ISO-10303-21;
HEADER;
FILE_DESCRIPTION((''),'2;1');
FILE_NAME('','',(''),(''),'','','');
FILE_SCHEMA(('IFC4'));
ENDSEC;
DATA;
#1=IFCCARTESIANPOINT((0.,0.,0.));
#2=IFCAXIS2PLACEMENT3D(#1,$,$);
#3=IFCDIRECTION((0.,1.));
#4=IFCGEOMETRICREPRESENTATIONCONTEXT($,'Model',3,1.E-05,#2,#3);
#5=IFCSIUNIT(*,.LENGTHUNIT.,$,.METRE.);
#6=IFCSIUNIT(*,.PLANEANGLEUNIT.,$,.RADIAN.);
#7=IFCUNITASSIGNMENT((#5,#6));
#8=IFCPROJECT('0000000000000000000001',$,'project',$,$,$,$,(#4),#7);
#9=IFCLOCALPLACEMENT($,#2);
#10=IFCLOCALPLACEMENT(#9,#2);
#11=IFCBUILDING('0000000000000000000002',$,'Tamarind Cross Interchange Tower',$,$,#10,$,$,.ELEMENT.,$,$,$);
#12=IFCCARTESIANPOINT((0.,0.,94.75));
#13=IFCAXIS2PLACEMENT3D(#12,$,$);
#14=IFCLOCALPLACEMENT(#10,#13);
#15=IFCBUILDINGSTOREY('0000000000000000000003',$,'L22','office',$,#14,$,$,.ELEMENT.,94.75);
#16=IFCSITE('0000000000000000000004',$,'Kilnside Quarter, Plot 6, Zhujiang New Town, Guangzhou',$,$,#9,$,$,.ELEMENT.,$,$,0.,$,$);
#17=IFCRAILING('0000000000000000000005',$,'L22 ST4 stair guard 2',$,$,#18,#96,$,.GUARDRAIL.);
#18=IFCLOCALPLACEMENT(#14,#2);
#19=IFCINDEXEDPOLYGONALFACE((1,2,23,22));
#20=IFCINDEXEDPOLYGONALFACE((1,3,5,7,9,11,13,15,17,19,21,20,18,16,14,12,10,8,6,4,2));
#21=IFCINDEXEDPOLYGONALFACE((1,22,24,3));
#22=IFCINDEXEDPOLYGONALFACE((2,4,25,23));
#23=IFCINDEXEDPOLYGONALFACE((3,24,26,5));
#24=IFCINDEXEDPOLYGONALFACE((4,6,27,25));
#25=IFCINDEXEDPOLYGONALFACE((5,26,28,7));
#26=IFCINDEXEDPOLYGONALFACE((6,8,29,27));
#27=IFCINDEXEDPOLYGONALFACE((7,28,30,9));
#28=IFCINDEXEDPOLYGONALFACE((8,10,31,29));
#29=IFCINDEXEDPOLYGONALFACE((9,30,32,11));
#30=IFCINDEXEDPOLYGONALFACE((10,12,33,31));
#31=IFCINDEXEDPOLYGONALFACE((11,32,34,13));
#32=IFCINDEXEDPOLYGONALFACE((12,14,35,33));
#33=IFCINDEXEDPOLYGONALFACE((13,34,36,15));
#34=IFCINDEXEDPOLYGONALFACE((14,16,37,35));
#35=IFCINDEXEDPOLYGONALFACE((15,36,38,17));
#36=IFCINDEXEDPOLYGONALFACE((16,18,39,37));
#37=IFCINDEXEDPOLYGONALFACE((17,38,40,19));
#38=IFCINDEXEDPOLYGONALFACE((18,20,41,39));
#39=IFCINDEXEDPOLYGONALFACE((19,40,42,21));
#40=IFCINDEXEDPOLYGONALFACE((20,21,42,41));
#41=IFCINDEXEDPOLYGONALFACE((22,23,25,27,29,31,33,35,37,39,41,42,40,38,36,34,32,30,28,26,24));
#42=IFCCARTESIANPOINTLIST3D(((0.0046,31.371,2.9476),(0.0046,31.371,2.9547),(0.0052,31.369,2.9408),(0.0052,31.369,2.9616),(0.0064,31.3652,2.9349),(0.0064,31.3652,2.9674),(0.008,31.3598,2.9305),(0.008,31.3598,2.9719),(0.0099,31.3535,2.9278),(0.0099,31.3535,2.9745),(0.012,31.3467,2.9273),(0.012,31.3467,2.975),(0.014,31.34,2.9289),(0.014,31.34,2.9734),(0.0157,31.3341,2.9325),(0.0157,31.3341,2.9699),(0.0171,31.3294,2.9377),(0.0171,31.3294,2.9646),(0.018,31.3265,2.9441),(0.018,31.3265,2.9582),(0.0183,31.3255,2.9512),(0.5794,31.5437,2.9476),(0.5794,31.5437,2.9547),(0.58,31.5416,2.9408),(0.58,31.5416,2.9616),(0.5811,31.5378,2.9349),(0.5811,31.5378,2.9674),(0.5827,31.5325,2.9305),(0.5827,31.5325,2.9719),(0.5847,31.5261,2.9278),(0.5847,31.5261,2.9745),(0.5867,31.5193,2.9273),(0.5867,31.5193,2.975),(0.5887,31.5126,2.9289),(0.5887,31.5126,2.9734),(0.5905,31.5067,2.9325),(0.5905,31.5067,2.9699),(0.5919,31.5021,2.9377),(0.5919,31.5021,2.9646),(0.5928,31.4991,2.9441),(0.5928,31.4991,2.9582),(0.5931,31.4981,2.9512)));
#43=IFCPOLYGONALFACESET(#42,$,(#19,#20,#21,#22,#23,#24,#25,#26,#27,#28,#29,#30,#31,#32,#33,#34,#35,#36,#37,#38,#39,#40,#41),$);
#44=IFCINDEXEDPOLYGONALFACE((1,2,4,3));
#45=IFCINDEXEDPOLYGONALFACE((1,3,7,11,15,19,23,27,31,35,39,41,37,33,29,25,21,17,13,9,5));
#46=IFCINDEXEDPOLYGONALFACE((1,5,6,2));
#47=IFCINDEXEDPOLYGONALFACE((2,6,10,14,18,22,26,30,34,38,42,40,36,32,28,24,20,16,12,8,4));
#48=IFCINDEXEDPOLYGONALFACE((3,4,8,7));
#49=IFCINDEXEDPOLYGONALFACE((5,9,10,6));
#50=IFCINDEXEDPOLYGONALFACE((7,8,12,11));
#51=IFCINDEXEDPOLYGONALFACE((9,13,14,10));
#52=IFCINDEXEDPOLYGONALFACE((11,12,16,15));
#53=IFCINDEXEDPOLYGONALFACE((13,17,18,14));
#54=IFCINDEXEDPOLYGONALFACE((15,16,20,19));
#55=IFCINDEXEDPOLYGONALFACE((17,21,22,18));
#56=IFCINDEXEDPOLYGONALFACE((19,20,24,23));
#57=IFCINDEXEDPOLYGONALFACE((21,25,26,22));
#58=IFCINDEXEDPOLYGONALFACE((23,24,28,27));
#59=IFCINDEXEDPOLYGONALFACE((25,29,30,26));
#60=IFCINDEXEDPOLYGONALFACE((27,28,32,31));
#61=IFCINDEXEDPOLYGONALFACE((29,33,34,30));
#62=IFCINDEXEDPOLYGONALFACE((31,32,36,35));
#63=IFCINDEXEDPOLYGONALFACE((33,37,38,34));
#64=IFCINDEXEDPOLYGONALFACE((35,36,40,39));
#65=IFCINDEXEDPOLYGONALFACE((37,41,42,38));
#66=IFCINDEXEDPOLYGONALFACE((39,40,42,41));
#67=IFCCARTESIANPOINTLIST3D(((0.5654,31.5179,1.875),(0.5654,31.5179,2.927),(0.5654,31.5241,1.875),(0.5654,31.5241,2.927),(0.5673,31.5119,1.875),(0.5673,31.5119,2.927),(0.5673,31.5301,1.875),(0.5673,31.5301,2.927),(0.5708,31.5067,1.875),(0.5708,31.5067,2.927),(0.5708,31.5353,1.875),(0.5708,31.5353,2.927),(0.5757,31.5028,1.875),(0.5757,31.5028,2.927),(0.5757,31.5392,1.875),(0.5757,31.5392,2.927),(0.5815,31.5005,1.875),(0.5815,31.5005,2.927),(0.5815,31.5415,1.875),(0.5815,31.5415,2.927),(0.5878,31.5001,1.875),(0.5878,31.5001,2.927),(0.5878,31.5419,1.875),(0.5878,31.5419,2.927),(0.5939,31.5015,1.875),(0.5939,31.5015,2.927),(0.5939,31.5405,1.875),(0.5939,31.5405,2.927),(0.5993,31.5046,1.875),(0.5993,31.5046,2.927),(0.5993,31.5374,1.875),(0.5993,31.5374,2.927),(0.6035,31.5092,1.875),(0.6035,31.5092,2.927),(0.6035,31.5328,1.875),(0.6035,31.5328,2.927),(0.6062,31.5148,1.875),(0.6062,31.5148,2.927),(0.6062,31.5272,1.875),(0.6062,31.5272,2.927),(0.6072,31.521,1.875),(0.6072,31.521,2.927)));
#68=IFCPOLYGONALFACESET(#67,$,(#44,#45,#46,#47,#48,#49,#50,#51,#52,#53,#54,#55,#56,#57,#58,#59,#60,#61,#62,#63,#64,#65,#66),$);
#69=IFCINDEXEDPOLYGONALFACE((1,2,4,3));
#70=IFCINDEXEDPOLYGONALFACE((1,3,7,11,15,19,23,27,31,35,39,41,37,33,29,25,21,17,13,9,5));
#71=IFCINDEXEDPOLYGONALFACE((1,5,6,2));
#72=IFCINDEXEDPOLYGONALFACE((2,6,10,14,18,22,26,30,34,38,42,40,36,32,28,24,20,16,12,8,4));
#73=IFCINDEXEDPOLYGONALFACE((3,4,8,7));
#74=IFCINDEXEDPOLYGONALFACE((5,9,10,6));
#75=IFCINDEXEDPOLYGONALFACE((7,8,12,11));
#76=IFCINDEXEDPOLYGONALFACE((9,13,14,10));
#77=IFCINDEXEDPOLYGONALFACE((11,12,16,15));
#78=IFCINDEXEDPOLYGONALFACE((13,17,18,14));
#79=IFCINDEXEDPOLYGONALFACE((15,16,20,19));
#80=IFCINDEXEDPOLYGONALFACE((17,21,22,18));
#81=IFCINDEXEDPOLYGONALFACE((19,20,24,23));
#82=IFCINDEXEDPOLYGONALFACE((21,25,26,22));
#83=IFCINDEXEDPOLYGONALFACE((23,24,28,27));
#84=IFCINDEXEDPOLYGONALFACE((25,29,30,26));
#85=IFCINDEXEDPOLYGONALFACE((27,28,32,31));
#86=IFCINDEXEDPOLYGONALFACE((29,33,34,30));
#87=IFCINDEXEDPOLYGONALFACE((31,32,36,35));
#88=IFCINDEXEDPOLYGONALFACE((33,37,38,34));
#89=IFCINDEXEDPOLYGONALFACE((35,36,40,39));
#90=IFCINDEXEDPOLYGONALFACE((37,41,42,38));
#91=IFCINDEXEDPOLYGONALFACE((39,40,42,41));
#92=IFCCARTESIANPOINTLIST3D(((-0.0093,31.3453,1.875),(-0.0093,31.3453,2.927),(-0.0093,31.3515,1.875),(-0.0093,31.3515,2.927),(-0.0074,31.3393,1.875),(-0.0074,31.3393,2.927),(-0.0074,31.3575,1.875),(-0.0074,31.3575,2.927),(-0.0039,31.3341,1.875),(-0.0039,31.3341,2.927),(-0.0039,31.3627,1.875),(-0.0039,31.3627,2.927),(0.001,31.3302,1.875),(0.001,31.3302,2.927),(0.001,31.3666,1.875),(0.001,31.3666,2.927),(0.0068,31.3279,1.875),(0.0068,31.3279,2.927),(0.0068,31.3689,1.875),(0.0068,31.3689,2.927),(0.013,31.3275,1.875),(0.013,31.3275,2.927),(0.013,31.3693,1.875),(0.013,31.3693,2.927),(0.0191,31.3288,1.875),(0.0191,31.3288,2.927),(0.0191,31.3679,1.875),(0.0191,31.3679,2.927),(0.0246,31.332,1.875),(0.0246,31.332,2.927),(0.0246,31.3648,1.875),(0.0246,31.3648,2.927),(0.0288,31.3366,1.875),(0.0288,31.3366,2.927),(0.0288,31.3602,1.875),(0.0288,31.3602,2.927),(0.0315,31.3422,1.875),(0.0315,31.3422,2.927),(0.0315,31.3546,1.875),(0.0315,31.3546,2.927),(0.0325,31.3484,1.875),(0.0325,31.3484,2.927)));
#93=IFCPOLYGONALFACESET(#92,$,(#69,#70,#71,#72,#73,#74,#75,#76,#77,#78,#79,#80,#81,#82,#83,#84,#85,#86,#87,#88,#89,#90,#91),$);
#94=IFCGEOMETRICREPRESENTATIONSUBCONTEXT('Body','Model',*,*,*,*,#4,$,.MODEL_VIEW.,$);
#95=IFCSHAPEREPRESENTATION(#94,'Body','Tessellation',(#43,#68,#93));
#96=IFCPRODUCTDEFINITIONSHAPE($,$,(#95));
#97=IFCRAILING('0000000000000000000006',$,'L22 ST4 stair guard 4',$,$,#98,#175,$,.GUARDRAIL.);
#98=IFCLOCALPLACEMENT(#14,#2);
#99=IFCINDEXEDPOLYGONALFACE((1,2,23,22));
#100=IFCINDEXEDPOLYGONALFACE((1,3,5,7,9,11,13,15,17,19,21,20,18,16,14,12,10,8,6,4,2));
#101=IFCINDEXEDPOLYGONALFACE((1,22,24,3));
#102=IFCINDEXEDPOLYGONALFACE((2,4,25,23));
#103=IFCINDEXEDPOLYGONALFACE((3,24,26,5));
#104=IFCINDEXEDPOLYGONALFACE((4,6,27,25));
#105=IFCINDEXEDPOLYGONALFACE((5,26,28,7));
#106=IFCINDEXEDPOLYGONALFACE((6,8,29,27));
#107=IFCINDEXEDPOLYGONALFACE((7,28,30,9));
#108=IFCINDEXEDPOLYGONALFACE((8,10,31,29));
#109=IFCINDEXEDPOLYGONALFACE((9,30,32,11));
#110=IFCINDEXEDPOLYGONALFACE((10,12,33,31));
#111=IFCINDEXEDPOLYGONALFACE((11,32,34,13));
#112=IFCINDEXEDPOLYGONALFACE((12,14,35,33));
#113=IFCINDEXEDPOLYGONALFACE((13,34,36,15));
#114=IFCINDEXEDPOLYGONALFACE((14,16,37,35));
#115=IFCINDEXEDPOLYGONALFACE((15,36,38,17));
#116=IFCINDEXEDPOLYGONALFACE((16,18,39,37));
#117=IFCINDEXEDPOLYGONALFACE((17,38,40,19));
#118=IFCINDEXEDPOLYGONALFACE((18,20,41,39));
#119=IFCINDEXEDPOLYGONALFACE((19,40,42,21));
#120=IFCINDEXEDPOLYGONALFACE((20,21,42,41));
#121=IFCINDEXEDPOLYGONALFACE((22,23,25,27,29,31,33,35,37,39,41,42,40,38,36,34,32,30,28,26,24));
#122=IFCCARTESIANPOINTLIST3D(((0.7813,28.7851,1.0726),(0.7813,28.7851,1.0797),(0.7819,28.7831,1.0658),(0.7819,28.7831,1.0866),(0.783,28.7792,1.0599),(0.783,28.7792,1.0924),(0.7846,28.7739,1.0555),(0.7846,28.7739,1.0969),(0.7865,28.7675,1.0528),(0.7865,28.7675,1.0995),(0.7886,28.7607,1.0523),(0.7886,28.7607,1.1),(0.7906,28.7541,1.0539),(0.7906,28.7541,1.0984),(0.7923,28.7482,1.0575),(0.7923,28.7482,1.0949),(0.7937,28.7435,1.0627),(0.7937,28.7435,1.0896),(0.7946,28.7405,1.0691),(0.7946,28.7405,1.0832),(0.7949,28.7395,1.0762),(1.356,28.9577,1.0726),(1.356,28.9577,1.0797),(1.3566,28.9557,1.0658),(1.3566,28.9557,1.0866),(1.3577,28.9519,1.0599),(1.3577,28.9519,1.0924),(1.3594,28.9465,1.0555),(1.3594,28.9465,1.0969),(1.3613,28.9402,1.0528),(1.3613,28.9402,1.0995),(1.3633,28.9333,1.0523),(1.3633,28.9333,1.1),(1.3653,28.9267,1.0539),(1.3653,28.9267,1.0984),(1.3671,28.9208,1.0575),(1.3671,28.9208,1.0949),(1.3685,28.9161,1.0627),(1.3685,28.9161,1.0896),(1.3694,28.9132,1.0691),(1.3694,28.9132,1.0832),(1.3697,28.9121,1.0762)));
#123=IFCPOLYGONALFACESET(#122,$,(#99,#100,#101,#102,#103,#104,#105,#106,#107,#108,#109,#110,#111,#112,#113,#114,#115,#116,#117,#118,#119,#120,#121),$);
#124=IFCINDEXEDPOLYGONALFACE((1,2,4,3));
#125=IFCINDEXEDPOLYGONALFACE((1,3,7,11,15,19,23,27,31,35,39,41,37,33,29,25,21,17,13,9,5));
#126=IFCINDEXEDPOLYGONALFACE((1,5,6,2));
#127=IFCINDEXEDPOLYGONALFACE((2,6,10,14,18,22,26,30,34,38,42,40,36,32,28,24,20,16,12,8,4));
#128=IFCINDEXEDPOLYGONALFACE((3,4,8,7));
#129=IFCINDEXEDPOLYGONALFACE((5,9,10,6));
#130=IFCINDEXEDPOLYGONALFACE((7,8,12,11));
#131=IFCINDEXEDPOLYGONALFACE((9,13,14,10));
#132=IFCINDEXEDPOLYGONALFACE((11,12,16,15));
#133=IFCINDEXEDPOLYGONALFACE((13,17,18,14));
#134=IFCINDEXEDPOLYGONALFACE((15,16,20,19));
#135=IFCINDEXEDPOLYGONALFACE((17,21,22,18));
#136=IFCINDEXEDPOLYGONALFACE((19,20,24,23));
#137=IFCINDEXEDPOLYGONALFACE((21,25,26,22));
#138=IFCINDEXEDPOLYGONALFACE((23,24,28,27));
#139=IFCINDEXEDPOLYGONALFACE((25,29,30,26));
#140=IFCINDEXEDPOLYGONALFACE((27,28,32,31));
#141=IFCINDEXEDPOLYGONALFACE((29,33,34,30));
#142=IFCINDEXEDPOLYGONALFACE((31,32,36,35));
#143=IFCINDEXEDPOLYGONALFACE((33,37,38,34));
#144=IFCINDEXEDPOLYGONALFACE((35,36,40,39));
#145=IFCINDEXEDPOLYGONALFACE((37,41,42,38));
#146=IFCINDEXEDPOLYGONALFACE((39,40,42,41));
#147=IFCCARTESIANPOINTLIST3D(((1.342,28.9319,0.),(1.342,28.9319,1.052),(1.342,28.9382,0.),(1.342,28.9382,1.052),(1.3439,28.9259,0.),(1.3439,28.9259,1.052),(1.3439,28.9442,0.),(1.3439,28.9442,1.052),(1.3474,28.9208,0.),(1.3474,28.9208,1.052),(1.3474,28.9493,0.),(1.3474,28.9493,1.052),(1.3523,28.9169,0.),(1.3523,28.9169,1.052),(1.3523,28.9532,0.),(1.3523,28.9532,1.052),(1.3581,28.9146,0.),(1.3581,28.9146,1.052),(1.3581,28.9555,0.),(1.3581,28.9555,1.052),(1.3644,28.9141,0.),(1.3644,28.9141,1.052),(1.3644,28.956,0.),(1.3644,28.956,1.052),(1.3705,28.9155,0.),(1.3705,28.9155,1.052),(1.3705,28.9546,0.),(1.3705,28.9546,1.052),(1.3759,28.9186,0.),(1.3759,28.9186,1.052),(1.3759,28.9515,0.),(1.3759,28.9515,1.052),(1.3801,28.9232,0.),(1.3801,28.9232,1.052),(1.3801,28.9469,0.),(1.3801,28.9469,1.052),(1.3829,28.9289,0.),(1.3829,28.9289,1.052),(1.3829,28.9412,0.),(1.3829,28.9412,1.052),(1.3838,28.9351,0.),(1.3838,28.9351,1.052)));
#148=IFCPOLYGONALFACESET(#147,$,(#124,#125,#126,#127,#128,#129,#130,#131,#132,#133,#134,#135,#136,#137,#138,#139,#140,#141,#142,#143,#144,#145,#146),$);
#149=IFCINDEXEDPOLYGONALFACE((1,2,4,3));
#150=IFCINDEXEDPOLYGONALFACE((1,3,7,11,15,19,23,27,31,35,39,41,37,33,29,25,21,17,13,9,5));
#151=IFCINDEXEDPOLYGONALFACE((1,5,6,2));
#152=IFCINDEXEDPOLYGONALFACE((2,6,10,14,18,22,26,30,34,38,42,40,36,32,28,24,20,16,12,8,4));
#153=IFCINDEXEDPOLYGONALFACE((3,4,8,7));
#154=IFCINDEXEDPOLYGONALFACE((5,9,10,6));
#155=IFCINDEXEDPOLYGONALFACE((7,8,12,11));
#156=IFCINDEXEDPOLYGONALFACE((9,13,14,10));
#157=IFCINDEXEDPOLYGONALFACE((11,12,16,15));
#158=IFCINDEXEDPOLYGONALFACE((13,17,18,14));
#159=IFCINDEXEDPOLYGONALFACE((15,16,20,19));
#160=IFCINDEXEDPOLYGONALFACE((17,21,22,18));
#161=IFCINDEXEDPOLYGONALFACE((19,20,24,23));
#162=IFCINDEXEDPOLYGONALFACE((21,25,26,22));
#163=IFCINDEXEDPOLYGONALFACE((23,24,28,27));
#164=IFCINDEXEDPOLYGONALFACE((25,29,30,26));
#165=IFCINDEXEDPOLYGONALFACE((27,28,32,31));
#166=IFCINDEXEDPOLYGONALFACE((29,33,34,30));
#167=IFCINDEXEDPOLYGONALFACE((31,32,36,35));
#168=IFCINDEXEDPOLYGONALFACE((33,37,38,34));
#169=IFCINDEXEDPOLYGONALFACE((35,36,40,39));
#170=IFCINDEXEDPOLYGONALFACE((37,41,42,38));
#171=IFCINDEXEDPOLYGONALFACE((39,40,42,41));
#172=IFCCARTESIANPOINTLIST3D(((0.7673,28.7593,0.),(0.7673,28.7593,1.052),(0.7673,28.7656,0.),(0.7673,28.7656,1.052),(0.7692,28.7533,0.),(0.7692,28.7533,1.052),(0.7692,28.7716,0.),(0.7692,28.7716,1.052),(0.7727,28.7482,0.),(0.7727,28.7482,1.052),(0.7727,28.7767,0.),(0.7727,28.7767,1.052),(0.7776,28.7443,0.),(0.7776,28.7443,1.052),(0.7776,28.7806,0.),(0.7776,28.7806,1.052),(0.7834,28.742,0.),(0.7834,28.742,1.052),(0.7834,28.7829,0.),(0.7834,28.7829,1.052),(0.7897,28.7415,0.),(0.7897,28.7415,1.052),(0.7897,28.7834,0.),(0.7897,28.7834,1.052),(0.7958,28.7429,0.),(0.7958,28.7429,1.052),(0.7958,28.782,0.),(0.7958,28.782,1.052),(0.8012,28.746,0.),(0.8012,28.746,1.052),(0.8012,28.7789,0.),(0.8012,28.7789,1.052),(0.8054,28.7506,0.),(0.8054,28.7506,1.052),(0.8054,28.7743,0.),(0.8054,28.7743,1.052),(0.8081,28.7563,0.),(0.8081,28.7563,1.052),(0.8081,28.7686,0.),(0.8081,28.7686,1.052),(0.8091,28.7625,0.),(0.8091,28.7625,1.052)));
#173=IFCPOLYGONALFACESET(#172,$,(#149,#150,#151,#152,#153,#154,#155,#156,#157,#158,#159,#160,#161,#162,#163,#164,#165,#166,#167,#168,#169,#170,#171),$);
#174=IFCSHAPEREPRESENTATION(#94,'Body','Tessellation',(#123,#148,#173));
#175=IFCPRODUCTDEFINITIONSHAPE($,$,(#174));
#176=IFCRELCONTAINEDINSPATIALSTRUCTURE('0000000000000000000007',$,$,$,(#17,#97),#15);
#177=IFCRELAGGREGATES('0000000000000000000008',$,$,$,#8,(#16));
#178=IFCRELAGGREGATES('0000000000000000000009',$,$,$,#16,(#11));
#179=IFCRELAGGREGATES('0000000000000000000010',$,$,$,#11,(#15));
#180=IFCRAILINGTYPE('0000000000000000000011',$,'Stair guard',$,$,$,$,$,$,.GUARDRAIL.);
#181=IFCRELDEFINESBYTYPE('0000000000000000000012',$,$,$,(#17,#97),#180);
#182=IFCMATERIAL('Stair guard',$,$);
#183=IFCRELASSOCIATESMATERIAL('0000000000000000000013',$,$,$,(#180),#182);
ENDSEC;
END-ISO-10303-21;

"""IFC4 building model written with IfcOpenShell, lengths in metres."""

from ifc_helpers import new_model, si_unit, direction, frame, origin, origin_2d, place, context, subcontext, project, spatial, circle, extrude, material, type_object, element, save


model = new_model("IFC4")

# Units and contexts
model_context = context("Model", 3, precision=1e-05, world=origin(), true_north=direction((0.0, 1.0)))
body_context = subcontext(model_context, "Body", "Model", "MODEL_VIEW")
ifc_project = project(units=[si_unit("LENGTHUNIT", "METRE"), si_unit("PLANEANGLEUNIT", "RADIAN")], contexts=[model_context])

# Site, building, storey
site_placement = place(None, origin())
site = spatial("IfcSite", under=ifc_project, at=site_placement, Name="Kilnside Quarter, Plot 6, Zhujiang New Town, Guangzhou", CompositionType="ELEMENT", RefElevation=0.0)
building_placement = place(site_placement, origin())
building = spatial("IfcBuilding", under=site, at=building_placement, Name="Tamarind Cross Interchange Tower", CompositionType="ELEMENT")
storey_placement = place(building_placement, frame((0.0, 0.0, 94.75)))
storey = spatial("IfcBuildingStorey", under=building, at=storey_placement, Name="L22", Description="office", CompositionType="ELEMENT", Elevation=94.75)

# Railings
ifc_material_1 = material(Name="Stair guard")
railing_type_1 = type_object("IfcRailingType", Name="Stair guard", PredefinedType="GUARDRAIL", material=ifc_material_1)
for number, where, name in (
    (1, (0.5862, 31.521, 1.875), "L22 ST4 stair guard 2"),
    (2, (1.3628, 28.9351, 0.0), "L22 ST4 stair guard 4"),
):
    element("IfcRailing", number, at=place(storey_placement, frame(where)), inside=storey, type_object=railing_type_1, Name=name, PredefinedType="GUARDRAIL", context=body_context, shape_type="SweptSolid", body=[
        extrude(circle(Radius=0.0239, at=origin_2d()), frame((0.0, 0.0, 1.0762), z_axis=(-0.957737, -0.287646, 0.0), x_axis=(0.287646, -0.957737, 0.0)), (0.0, 0.0, 1.0), 0.6001),
        extrude(circle(Radius=0.021, at=origin_2d()), origin(), (0.0, 0.0, 1.0), 1.052),
        extrude(circle(Radius=0.021, at=origin_2d()), frame((-0.5747, -0.1726, 0.0)), (0.0, 0.0, 1.0), 1.052),
    ])

save(model, "model.ifc")
